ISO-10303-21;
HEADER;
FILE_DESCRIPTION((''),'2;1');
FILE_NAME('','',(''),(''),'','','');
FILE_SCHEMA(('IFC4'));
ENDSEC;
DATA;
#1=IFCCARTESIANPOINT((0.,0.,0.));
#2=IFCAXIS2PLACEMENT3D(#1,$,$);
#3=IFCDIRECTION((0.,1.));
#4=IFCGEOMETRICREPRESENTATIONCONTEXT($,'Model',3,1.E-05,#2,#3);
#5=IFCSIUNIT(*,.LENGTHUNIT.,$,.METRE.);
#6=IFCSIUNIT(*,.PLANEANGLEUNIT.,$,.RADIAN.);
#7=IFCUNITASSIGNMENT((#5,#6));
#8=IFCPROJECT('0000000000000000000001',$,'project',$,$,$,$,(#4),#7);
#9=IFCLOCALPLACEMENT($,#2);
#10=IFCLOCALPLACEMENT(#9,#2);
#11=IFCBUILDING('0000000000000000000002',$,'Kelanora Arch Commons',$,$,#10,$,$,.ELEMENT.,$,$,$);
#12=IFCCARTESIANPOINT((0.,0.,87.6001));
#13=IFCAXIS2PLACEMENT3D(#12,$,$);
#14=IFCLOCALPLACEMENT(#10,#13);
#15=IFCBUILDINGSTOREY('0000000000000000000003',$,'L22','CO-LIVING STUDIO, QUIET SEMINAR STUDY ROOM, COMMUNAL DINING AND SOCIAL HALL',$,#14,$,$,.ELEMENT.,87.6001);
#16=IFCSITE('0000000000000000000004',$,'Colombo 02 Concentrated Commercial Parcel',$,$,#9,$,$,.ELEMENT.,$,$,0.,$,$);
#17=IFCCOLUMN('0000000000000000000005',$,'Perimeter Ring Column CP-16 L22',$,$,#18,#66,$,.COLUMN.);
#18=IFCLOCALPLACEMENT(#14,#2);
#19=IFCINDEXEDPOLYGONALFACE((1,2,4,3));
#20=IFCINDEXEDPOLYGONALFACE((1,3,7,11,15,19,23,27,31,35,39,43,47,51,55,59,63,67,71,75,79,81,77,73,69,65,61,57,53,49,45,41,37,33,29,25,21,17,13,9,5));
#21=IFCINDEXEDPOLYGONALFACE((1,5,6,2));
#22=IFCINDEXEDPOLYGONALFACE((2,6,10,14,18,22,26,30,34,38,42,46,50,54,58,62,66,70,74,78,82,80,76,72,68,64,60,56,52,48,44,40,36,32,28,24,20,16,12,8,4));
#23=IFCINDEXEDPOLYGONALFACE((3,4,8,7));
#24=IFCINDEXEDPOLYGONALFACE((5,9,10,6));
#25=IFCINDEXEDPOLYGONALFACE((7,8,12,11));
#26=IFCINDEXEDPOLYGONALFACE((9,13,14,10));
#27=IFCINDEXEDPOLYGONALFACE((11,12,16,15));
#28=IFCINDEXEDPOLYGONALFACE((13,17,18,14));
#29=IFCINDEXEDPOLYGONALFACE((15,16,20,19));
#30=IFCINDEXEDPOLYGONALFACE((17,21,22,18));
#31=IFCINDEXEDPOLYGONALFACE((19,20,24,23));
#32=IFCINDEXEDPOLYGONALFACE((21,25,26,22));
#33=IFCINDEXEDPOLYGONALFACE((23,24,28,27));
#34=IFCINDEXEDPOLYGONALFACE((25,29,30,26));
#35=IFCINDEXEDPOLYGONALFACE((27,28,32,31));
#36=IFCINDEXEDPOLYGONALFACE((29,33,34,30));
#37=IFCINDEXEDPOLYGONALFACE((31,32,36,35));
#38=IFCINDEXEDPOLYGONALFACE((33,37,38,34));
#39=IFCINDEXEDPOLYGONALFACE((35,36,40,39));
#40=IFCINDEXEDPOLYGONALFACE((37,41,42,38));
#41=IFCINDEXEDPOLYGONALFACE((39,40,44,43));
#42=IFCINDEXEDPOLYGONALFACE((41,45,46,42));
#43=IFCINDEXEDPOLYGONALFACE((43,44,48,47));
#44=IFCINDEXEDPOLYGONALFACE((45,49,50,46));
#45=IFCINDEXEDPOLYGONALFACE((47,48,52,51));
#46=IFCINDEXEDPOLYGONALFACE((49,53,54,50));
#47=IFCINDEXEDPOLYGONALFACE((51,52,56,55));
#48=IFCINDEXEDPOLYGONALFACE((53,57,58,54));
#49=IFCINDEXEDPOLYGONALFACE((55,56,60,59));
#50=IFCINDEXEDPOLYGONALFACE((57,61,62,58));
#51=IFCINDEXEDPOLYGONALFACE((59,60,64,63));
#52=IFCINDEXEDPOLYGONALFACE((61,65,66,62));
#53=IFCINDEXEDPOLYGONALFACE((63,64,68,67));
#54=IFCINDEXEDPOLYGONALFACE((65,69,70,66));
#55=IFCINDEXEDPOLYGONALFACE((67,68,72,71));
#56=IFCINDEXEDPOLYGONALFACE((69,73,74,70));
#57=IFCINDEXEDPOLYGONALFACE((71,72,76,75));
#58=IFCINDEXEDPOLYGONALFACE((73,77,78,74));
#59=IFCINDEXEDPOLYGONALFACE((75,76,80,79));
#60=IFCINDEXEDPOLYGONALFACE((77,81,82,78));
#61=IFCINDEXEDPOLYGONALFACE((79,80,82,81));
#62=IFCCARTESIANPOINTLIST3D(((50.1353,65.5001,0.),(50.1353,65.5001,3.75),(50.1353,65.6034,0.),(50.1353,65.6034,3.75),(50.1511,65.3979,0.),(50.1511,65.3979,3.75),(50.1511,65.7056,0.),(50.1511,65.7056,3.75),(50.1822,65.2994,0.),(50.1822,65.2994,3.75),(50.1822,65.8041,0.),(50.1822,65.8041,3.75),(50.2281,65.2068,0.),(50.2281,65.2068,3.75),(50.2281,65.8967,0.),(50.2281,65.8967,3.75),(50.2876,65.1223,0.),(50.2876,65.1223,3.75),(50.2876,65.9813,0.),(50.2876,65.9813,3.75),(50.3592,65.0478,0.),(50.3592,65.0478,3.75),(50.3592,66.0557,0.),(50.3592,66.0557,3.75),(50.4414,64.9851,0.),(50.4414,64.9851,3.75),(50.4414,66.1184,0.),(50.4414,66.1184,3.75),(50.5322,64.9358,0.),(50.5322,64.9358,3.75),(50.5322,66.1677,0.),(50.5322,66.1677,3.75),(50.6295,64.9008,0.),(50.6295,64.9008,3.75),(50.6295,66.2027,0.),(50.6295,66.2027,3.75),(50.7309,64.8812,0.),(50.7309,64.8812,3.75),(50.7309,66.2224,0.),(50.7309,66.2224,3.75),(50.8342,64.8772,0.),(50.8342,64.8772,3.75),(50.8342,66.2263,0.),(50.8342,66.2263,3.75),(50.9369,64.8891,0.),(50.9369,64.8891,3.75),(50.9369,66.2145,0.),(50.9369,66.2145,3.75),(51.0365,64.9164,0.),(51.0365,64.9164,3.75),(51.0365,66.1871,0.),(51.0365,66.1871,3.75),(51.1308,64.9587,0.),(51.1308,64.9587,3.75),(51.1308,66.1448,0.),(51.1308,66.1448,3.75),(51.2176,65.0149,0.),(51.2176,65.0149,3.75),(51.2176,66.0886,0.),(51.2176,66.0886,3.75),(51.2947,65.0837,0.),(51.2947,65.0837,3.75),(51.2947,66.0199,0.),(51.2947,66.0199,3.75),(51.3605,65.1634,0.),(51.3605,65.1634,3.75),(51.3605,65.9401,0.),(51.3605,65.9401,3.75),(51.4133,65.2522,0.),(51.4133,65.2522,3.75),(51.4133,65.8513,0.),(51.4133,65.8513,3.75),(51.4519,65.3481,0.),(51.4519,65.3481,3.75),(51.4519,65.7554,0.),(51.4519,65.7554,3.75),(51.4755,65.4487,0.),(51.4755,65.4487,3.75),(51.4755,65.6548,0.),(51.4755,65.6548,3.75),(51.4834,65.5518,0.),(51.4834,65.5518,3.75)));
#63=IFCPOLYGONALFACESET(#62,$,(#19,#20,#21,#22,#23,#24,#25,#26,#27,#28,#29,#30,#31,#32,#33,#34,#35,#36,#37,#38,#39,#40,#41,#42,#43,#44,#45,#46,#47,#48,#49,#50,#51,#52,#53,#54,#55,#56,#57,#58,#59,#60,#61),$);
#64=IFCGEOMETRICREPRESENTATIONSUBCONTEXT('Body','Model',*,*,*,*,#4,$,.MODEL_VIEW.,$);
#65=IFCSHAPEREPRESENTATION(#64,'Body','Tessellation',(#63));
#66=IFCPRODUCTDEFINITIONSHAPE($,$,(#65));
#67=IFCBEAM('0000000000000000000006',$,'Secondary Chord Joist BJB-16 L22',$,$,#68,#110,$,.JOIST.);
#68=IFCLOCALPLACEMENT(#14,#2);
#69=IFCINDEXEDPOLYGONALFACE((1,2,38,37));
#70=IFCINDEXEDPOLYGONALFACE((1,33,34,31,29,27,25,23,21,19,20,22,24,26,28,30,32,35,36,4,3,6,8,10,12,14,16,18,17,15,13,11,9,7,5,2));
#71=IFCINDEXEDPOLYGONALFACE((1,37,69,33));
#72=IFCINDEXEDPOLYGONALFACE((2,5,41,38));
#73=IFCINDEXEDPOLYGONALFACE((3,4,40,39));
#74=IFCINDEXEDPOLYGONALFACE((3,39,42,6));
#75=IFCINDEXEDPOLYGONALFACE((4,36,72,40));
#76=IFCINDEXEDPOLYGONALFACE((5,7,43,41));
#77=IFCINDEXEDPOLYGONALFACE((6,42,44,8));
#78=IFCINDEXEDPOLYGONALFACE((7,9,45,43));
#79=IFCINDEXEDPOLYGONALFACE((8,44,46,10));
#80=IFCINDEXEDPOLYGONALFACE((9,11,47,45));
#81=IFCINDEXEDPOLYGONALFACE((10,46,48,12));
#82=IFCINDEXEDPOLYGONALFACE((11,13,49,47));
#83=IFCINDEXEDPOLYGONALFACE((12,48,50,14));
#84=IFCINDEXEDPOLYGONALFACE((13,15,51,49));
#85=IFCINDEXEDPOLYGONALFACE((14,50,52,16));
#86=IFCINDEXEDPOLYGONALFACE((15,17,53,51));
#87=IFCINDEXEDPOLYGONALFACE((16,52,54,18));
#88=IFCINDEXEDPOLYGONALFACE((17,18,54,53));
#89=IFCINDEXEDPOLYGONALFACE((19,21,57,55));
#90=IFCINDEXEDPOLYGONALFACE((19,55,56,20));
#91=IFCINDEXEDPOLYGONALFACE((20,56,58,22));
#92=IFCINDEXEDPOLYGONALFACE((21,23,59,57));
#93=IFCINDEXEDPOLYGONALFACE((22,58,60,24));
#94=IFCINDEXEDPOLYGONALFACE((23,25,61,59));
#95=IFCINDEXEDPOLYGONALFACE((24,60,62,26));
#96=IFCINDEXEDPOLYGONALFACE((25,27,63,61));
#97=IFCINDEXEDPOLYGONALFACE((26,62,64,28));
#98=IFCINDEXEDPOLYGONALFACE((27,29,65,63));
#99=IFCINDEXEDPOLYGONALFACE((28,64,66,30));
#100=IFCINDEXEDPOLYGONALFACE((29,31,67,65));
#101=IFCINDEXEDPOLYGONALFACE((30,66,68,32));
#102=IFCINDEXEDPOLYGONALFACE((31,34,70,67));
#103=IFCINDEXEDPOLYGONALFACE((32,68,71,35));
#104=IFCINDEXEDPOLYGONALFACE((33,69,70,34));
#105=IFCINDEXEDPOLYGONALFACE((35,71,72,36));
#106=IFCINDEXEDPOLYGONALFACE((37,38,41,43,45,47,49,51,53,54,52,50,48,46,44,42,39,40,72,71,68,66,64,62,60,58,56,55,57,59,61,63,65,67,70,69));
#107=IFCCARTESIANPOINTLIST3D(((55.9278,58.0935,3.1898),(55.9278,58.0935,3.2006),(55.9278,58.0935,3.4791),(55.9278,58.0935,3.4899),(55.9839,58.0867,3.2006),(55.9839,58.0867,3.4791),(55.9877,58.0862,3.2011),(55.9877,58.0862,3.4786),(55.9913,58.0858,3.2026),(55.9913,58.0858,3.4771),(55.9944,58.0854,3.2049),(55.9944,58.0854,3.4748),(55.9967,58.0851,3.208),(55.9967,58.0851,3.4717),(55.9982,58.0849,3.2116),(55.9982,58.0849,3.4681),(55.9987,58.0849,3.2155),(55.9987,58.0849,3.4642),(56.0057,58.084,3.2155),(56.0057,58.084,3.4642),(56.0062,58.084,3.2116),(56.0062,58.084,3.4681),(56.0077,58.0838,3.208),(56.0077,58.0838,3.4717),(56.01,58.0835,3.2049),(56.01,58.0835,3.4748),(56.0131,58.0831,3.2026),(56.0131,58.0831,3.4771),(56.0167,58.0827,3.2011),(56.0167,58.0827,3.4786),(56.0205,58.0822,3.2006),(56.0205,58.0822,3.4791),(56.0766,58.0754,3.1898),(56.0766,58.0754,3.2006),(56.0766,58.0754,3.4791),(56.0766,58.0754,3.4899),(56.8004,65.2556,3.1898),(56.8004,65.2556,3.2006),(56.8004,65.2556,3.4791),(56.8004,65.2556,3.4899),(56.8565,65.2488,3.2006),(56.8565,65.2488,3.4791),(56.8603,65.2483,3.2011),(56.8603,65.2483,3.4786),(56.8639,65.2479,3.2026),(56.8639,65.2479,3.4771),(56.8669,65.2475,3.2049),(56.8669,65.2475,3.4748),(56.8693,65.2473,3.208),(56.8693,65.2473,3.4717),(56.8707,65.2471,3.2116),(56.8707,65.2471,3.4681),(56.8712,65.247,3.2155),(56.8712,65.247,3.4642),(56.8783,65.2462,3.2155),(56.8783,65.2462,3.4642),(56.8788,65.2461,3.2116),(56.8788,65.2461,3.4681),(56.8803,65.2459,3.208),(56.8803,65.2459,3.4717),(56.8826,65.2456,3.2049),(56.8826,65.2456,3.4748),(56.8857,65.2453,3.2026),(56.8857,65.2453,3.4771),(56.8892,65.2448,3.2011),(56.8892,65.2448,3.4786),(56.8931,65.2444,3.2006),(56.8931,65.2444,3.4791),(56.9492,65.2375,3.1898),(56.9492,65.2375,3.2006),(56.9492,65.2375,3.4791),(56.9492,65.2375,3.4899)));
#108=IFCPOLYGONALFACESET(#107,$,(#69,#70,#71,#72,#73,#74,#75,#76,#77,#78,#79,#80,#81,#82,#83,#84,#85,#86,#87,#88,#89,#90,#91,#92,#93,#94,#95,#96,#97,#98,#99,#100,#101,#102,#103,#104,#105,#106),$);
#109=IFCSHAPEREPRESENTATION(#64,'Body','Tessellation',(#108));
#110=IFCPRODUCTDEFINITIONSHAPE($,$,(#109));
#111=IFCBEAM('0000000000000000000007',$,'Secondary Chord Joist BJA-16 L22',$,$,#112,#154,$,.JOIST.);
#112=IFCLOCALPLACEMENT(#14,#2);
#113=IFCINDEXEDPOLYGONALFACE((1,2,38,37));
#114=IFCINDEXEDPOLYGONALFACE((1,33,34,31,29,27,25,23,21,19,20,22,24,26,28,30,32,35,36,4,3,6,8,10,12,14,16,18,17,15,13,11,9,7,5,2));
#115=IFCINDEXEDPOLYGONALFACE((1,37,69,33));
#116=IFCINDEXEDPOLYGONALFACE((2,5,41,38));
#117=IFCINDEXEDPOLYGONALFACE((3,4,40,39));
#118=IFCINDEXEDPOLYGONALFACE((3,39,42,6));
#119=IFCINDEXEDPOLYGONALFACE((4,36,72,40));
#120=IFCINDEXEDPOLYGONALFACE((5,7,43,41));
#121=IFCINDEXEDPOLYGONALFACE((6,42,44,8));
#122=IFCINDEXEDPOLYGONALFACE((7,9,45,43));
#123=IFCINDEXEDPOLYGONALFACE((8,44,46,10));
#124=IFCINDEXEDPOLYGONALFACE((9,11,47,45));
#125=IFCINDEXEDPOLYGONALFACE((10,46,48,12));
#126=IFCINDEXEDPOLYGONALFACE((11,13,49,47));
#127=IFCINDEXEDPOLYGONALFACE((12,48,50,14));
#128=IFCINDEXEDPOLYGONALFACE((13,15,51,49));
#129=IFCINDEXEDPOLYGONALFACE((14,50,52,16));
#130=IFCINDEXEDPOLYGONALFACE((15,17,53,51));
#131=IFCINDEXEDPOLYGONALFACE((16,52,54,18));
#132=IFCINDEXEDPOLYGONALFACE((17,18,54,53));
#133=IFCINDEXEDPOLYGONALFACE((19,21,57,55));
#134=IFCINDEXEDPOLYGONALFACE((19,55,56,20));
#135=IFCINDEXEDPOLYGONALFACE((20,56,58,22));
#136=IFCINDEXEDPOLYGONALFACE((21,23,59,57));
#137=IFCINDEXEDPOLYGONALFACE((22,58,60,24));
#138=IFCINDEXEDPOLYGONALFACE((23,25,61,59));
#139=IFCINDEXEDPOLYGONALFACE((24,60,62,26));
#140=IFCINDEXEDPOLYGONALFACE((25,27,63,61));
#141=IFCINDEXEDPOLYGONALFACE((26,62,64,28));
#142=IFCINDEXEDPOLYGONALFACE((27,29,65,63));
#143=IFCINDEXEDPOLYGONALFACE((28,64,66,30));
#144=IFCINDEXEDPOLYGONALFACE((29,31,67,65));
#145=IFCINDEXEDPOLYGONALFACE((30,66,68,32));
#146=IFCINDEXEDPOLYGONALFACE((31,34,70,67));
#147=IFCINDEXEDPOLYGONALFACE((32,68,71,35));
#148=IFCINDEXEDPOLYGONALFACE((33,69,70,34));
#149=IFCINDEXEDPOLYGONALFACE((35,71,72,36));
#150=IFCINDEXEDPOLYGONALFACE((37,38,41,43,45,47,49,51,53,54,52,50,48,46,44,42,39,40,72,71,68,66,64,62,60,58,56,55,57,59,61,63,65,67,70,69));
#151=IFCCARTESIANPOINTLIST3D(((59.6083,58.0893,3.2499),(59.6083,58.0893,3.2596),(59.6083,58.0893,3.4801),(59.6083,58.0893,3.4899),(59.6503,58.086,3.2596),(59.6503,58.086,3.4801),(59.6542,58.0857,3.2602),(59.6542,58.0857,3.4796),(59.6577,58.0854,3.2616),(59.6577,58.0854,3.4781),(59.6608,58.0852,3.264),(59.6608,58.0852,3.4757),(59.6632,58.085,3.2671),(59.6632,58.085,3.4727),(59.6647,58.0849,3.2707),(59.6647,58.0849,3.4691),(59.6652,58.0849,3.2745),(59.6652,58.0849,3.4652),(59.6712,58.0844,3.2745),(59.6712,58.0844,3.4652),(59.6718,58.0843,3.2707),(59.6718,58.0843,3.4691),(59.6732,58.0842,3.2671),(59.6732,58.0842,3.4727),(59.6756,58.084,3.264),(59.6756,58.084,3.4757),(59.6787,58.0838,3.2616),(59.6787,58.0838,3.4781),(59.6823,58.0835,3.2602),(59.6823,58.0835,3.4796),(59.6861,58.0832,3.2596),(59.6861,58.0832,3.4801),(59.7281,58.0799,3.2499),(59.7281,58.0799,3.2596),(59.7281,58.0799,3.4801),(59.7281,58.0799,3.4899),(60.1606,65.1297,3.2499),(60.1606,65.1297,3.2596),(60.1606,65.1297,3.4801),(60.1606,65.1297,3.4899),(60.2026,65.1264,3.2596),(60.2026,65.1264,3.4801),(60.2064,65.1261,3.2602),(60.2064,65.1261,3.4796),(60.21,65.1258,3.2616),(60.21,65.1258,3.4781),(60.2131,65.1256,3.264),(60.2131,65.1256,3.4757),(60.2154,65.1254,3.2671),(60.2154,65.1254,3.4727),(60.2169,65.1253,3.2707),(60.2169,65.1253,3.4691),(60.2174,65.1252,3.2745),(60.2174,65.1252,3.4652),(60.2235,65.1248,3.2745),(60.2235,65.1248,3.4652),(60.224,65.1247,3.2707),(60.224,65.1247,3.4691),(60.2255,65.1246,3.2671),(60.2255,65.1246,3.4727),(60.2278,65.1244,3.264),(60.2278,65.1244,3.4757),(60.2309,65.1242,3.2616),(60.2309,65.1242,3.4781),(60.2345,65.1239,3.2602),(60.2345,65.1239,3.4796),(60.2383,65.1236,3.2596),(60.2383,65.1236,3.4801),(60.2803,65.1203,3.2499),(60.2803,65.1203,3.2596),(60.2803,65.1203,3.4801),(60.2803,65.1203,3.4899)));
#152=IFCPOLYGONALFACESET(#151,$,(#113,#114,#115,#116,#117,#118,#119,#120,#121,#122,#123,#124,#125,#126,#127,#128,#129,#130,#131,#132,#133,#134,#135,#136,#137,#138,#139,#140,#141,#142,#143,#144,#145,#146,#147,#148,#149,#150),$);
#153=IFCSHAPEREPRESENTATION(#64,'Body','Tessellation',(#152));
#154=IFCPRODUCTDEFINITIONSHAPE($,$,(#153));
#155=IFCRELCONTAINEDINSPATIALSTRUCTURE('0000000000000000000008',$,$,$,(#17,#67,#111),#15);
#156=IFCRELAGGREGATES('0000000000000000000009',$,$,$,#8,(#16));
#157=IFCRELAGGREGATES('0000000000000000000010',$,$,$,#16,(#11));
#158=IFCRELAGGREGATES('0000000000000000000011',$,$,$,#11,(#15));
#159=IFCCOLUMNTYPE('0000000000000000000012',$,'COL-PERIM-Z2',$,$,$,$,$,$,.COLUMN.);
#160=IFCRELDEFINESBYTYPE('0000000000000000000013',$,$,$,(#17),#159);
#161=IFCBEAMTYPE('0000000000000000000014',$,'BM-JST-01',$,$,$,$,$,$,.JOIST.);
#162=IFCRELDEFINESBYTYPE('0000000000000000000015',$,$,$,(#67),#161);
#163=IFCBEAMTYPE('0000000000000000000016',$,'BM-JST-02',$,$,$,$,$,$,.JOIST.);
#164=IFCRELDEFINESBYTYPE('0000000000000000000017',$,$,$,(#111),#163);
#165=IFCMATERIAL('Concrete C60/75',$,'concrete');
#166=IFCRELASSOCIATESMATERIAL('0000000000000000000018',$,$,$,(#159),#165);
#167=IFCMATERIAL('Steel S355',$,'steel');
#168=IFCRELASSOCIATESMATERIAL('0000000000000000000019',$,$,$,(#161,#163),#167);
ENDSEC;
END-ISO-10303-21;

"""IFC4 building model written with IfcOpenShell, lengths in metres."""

from ifc_helpers import new_model, si_unit, direction, frame, origin, origin_2d, place, context, subcontext, project, spatial, circle, i_section, extrude, material, material_profile, profile_set, type_object, element, save


model = new_model("IFC4")

# Units and contexts
model_context = context("Model", 3, precision=1e-05, world=origin(), true_north=direction((0.0, 1.0)))
body_context = subcontext(model_context, "Body", "Model", "MODEL_VIEW")
ifc_project = project(units=[si_unit("LENGTHUNIT", "METRE"), si_unit("PLANEANGLEUNIT", "RADIAN")], contexts=[model_context])

# Site, building, storey
site_placement = place(None, origin())
site = spatial("IfcSite", under=ifc_project, at=site_placement, Name="Colombo 02 Concentrated Commercial Parcel", CompositionType="ELEMENT", RefElevation=0.0)
building_placement = place(site_placement, origin())
building = spatial("IfcBuilding", under=site, at=building_placement, Name="Kelanora Arch Commons", CompositionType="ELEMENT")
storey_placement = place(building_placement, frame((0.0, 0.0, 87.6001)))
storey = spatial("IfcBuildingStorey", under=building, at=storey_placement, Name="L22", Description="CO-LIVING STUDIO, QUIET SEMINAR STUDY ROOM, COMMUNAL DINING AND SOCIAL HALL", CompositionType="ELEMENT", Elevation=87.6001)

# Column
ifc_material_1 = material(Name="Concrete C60/75", Category="concrete")
ifc_material_profile_1 = material_profile(ifc_material_1, circle(Radius=0.675, at=origin_2d()), Name="RCC1350")
ifc_profile_set_1 = profile_set([ifc_material_profile_1], Name="Concrete C60/75")
column_type = type_object("IfcColumnType", Name="COL-PERIM-Z2", PredefinedType="COLUMN", material=ifc_profile_set_1)
column_placement = place(storey_placement, frame((50.8083, 65.5518, 0.0), z_axis=(0.0, 0.0, 1.0), x_axis=(1.0, 0.0, 0.0)))
element("IfcColumn", 1, at=column_placement, inside=storey, type_object=column_type, Name="Perimeter Ring Column CP-16 L22", PredefinedType="COLUMN", context=body_context, shape_type="SweptSolid", body=[
    extrude(circle(Radius=0.675, at=origin_2d()), origin(), (0.0, 0.0, 1.0), 3.75),
])

# Beams
ifc_material_2 = material(Name="Steel S355", Category="steel")
ifc_material_profile_2 = material_profile(ifc_material_2, i_section(OverallWidth=0.1499, OverallDepth=0.3, WebThickness=0.0071, FlangeThickness=0.0107, FilletRadius=0.0149, at=origin_2d()), Name="IPE300")
ifc_profile_set_2 = profile_set([ifc_material_profile_2], Name="Steel S355")
beam_type_1 = type_object("IfcBeamType", Name="BM-JST-01", PredefinedType="JOIST", material=ifc_profile_set_2)
beam_1_placement = place(storey_placement, frame((56.8748, 65.2466, 3.3398), z_axis=(-0.120936, -0.99266, 0.0), x_axis=(0.99266, -0.120936, 0.0)))
element("IfcBeam", 2, at=beam_1_placement, inside=storey, type_object=beam_type_1, Name="Secondary Chord Joist BJB-16 L22", PredefinedType="JOIST", context=body_context, shape_type="SweptSolid", body=[
    extrude(i_section(OverallWidth=0.1499, OverallDepth=0.3, WebThickness=0.0071, FlangeThickness=0.0107, FilletRadius=0.0149, at=origin_2d()), origin(), (0.0, 0.0, 1.0), 7.2151),
])
ifc_material_profile_3 = material_profile(ifc_material_2, i_section(OverallWidth=0.1201, OverallDepth=0.24, WebThickness=0.0061, FlangeThickness=0.0098, FilletRadius=0.0149, at=origin_2d()), Name="IPE240")
ifc_profile_set_3 = profile_set([ifc_material_profile_3], Name="Steel S355")
beam_type_2 = type_object("IfcBeamType", Name="BM-JST-02", PredefinedType="JOIST", material=ifc_profile_set_3)
beam_2_placement = place(storey_placement, frame((60.2205, 65.125, 3.3699), z_axis=(-0.078201, -0.996938, 0.0), x_axis=(0.996938, -0.078201, 0.0)))
element("IfcBeam", 3, at=beam_2_placement, inside=storey, type_object=beam_type_2, Name="Secondary Chord Joist BJA-16 L22", PredefinedType="JOIST", context=body_context, shape_type="SweptSolid", body=[
    extrude(i_section(OverallWidth=0.1201, OverallDepth=0.24, WebThickness=0.0061, FlangeThickness=0.0098, FilletRadius=0.0149, at=origin_2d()), origin(), (0.0, 0.0, 1.0), 7.062),
])

save(model, "model.ifc")
